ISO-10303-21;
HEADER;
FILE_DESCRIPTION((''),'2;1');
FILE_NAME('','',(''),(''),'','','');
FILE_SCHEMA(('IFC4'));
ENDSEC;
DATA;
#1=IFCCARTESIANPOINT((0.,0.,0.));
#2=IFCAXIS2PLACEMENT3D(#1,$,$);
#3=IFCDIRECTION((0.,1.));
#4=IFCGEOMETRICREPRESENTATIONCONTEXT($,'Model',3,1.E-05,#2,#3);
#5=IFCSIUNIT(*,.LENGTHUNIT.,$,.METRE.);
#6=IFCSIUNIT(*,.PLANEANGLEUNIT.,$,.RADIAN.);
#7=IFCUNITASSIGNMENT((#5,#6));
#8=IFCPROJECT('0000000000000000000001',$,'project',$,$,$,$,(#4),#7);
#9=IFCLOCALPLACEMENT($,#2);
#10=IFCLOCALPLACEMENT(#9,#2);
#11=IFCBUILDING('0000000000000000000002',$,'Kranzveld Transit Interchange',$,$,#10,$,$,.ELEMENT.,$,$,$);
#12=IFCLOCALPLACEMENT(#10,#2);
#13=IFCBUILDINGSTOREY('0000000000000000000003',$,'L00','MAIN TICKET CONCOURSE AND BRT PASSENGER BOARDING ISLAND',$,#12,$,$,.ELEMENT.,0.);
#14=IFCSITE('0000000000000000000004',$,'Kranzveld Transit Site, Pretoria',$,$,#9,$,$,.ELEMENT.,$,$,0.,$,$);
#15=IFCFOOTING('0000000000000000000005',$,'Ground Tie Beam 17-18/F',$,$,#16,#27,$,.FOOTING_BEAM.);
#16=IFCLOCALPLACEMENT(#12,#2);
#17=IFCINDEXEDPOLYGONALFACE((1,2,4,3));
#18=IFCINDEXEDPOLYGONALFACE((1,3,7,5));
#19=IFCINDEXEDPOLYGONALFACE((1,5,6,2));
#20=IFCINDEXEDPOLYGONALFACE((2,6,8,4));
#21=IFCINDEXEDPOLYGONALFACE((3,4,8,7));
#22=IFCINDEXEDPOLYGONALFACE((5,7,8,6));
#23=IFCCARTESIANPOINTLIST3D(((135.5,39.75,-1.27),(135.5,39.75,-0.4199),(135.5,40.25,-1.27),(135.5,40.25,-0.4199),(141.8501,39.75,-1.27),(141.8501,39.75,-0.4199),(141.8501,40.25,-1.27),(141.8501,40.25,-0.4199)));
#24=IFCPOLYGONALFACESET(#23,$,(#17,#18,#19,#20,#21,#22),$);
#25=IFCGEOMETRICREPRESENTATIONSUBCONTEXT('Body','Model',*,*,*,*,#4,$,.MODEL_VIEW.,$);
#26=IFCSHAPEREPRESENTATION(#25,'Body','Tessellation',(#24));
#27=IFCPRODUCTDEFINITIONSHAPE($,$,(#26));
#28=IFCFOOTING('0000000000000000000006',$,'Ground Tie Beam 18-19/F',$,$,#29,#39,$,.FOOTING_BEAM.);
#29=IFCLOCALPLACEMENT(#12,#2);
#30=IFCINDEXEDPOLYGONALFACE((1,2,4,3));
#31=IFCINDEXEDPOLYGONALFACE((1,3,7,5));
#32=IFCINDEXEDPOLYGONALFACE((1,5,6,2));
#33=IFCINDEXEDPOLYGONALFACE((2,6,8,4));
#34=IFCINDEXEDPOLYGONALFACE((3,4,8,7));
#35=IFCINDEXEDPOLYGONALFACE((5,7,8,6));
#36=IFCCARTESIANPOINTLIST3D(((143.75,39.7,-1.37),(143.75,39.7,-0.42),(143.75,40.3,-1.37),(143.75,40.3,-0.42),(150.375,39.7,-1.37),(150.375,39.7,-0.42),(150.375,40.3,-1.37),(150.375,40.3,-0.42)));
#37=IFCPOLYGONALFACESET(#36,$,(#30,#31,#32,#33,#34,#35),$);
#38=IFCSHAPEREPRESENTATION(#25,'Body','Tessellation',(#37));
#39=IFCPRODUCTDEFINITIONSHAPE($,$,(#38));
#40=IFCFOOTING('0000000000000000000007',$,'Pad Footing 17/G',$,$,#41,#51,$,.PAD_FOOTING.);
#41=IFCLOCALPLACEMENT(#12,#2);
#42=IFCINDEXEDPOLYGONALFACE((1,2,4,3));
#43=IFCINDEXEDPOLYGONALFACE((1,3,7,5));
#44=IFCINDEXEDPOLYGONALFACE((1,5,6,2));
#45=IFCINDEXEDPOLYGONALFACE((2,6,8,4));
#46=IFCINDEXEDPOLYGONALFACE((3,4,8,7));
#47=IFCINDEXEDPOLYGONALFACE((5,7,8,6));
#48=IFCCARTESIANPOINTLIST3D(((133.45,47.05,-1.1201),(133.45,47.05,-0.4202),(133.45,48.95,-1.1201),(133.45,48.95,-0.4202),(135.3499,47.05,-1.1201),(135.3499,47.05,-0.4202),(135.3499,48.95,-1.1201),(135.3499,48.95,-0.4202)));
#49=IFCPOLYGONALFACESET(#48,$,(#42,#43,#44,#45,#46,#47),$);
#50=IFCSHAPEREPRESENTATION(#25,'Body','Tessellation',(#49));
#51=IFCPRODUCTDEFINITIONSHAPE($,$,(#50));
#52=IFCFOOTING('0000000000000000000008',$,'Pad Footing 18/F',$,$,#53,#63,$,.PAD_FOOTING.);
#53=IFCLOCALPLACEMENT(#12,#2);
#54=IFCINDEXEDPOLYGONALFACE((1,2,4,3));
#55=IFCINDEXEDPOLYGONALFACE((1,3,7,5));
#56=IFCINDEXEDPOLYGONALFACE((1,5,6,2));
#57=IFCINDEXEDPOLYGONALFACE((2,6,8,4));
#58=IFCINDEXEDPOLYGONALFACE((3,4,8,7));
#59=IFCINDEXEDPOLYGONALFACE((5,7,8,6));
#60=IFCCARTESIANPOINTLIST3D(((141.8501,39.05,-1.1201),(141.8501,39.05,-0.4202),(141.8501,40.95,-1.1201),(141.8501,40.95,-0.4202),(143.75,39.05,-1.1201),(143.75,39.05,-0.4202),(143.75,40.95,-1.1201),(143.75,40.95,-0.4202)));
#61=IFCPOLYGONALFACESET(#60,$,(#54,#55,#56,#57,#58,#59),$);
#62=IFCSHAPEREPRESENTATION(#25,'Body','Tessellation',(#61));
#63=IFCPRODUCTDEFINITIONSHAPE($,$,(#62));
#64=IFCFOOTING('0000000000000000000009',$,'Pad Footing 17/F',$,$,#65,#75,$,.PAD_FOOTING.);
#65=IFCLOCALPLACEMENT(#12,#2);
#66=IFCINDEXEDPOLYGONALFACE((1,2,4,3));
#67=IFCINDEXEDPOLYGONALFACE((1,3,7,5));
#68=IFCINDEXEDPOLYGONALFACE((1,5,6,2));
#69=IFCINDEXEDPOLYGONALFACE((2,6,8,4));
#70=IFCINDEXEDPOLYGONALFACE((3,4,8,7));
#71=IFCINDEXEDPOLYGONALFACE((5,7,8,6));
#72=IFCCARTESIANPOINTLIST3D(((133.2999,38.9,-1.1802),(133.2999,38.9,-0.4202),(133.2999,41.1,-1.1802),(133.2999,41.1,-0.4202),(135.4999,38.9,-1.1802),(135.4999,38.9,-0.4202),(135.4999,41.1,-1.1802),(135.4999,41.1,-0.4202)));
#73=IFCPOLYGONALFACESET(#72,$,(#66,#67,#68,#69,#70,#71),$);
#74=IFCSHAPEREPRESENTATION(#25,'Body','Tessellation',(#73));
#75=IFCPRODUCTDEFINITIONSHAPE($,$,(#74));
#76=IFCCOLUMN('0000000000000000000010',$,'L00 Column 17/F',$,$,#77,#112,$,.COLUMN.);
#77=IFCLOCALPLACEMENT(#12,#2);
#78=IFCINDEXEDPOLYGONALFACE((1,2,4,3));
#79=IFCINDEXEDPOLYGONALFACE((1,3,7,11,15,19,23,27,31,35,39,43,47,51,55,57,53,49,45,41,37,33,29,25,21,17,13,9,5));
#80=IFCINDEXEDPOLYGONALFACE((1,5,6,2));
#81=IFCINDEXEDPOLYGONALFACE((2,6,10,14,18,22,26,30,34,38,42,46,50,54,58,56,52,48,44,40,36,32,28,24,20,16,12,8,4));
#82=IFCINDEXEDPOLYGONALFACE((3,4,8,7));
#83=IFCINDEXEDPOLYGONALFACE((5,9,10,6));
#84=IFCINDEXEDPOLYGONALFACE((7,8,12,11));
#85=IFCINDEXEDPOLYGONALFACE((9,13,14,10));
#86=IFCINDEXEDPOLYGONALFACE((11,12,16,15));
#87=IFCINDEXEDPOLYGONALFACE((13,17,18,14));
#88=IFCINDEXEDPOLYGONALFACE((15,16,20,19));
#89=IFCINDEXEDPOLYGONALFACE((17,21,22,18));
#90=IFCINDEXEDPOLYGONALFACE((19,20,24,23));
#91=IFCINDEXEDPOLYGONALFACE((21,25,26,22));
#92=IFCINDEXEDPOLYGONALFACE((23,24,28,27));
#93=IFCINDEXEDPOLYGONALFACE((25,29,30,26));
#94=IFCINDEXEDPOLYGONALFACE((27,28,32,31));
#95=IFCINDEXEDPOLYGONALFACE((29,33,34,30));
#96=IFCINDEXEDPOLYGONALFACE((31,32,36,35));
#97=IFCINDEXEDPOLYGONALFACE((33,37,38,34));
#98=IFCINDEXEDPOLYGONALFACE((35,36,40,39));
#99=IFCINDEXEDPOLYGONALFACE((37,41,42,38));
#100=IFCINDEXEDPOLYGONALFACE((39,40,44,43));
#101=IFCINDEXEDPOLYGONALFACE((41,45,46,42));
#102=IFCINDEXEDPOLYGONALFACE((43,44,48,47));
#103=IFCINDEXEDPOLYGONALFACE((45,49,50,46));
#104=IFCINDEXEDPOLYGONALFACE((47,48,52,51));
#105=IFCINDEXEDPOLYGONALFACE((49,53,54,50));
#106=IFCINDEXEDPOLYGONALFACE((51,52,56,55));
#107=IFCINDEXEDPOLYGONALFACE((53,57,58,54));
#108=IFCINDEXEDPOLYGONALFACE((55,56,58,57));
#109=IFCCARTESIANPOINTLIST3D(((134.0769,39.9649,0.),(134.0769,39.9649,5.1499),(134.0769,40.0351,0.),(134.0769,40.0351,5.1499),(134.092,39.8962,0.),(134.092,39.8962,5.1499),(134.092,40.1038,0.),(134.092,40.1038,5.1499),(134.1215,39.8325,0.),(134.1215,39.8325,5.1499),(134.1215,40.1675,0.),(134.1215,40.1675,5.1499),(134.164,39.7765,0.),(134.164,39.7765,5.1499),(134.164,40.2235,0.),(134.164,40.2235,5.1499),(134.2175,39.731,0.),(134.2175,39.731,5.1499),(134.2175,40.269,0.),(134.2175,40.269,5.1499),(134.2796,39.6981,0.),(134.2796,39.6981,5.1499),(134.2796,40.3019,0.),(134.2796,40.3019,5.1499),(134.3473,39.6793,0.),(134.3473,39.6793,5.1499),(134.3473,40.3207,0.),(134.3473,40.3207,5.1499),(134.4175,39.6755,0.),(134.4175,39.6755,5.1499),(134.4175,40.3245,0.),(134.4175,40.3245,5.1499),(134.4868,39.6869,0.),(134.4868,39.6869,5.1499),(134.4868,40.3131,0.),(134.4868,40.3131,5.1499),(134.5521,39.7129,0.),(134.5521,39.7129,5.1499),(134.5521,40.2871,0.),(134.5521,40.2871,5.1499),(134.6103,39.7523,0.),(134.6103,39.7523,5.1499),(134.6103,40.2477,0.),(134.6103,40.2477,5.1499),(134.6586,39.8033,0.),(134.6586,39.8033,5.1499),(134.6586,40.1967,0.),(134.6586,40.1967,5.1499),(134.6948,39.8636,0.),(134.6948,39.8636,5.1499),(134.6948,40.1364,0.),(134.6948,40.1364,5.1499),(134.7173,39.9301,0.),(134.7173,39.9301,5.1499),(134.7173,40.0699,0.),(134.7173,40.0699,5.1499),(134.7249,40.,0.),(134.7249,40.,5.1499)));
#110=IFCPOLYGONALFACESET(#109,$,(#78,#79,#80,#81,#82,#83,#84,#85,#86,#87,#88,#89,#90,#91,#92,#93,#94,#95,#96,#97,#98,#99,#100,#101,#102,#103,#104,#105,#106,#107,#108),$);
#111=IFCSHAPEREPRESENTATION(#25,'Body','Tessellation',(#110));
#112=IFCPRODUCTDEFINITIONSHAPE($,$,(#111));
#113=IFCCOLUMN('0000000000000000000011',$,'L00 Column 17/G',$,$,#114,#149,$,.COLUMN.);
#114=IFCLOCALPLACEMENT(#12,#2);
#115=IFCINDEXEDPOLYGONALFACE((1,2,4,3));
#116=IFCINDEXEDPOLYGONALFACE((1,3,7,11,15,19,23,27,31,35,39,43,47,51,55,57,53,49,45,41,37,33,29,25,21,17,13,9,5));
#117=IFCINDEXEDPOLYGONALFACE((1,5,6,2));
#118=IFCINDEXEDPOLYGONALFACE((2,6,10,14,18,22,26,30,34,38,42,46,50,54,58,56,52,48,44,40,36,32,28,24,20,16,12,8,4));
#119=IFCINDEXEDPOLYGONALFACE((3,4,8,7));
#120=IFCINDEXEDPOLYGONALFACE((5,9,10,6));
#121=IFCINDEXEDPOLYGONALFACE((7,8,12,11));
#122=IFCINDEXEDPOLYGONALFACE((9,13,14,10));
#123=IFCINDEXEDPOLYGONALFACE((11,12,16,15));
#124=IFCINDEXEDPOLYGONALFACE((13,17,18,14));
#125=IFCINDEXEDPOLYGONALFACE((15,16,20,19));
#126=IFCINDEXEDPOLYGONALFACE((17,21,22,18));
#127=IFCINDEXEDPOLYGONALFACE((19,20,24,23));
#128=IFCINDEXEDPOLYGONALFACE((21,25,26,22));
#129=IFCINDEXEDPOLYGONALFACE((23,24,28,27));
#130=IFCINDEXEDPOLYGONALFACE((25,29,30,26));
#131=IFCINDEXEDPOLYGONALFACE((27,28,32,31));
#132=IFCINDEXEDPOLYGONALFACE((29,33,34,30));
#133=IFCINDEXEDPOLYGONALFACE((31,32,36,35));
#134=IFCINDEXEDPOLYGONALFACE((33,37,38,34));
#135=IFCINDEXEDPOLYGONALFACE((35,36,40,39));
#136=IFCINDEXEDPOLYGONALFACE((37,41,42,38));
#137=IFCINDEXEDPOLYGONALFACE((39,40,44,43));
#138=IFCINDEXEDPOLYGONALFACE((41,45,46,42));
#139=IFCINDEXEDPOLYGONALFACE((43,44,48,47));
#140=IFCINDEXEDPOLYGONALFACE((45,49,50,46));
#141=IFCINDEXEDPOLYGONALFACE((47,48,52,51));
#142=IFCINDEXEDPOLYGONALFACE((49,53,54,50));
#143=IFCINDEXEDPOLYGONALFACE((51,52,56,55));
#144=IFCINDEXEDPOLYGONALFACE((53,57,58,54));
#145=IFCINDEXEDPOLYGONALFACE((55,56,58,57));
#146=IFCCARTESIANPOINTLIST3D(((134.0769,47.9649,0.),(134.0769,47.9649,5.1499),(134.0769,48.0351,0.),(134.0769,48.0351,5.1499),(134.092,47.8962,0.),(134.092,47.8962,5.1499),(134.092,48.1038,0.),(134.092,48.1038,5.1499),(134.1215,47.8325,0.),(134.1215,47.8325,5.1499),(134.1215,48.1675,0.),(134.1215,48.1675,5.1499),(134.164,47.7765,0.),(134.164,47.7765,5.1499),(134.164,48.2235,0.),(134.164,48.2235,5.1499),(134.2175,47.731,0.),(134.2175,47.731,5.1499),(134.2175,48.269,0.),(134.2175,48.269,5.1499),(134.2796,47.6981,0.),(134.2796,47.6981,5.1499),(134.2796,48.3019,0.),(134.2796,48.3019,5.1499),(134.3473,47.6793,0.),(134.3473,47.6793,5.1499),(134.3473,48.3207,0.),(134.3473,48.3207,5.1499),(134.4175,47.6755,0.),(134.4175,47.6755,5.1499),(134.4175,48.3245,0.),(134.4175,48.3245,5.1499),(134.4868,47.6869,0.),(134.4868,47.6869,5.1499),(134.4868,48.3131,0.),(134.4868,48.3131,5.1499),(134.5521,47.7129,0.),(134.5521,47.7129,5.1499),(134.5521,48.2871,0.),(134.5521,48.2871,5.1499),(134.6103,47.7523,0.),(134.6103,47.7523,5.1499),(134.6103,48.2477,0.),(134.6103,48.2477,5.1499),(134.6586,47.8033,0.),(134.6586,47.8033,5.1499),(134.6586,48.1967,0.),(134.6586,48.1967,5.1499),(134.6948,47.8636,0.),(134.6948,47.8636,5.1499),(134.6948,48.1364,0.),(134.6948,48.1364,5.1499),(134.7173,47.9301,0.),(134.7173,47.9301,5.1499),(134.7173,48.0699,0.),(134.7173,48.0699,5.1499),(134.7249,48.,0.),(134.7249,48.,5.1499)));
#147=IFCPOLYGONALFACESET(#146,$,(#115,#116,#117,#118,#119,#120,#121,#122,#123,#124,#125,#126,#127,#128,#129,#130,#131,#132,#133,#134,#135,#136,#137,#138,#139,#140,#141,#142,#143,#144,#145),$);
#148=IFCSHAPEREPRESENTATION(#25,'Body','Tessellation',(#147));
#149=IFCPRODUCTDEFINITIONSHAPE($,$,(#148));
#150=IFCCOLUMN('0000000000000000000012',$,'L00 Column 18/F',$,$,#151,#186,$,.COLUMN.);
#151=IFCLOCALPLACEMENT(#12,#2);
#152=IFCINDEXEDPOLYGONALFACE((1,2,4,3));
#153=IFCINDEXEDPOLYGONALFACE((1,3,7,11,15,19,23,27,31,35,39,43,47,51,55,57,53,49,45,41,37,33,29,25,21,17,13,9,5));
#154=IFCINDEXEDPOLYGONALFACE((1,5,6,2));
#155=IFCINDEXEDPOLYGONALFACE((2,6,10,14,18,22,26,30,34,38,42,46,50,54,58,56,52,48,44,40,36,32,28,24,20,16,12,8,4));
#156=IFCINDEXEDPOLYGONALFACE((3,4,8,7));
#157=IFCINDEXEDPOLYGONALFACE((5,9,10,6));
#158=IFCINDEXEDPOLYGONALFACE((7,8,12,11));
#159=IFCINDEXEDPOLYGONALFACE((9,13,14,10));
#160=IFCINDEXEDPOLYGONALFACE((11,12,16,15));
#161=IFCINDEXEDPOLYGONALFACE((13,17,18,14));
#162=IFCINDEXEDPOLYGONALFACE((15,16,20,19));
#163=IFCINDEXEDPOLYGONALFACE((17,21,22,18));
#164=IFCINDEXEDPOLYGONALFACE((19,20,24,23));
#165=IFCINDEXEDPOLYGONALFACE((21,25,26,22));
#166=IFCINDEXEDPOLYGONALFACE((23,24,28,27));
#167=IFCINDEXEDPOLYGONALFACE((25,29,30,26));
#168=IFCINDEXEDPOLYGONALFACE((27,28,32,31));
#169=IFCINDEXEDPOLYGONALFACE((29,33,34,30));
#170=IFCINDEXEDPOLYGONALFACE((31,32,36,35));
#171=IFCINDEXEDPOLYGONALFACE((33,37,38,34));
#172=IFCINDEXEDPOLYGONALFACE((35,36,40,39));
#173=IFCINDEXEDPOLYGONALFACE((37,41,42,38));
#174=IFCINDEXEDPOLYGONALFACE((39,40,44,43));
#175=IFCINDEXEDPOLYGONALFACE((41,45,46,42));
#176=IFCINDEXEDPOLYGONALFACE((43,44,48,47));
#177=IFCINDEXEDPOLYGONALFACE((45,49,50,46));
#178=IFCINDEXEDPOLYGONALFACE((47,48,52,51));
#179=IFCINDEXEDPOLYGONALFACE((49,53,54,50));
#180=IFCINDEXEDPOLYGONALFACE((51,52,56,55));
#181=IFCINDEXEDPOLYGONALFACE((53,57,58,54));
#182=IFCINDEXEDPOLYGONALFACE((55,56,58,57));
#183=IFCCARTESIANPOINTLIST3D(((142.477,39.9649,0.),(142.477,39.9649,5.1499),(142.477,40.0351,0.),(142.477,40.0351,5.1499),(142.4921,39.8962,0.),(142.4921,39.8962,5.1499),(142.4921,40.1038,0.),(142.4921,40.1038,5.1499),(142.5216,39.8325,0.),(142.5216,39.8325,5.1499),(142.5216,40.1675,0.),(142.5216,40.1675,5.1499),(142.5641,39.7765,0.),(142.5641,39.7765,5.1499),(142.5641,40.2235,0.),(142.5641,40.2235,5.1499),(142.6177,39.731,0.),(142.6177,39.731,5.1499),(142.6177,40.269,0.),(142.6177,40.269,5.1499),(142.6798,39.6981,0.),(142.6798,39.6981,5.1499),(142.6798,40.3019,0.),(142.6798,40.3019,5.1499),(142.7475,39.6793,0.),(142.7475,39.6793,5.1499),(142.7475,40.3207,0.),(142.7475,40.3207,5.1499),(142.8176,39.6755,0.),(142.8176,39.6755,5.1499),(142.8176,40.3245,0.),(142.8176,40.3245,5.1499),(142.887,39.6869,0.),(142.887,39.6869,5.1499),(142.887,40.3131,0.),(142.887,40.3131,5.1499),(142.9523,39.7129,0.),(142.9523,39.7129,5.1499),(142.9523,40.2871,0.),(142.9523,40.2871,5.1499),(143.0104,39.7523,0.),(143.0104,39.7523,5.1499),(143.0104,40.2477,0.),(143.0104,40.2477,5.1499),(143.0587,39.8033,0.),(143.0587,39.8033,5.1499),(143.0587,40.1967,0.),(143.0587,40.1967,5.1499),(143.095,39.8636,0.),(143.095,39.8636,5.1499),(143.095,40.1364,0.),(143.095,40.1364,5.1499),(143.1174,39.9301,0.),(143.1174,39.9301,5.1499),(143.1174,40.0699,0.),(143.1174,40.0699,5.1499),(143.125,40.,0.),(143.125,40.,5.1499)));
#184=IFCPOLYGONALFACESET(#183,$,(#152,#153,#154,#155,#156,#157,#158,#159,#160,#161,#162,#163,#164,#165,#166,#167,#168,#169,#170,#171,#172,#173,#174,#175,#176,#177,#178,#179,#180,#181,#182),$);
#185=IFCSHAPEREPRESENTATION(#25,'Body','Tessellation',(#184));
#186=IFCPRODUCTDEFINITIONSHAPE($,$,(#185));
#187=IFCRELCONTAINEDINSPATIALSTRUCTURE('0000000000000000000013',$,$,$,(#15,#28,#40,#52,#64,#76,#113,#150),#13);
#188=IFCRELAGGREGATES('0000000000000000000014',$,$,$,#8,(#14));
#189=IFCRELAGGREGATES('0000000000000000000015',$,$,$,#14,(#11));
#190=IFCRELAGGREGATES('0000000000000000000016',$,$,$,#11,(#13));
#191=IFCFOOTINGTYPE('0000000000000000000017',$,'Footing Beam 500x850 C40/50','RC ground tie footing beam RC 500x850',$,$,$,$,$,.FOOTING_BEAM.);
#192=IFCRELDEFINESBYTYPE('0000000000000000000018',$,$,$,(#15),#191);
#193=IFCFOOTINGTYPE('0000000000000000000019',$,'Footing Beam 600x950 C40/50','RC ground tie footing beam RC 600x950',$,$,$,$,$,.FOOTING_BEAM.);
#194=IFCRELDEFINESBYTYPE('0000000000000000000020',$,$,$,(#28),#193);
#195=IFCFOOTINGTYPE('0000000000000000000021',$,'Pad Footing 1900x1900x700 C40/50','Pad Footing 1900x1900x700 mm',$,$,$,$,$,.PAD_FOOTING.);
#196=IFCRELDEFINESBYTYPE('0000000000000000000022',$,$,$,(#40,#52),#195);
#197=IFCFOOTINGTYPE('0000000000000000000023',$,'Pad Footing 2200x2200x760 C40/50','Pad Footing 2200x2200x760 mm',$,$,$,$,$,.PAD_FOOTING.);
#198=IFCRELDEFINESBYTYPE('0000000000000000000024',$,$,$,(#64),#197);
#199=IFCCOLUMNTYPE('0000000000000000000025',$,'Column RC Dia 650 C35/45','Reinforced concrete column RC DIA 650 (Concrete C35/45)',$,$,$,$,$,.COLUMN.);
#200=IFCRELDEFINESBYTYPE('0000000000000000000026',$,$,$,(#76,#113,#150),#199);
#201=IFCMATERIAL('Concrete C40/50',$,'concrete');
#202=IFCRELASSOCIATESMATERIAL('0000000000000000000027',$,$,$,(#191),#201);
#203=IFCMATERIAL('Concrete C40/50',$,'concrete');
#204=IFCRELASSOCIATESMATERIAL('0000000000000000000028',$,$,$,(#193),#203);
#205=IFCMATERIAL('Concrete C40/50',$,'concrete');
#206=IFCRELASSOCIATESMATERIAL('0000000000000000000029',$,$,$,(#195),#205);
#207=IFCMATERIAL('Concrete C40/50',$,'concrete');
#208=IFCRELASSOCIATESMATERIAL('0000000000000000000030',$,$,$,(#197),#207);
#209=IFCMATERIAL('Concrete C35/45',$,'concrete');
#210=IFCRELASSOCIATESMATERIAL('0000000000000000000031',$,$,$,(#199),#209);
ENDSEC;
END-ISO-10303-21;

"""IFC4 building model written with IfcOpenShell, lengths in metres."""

from ifc_helpers import new_model, si_unit, direction, frame, origin, origin_2d, place, context, subcontext, project, spatial, rectangle, circle, extrude, material, material_profile, profile_set, type_object, element, save


model = new_model("IFC4")

# Units and contexts
model_context = context("Model", 3, precision=1e-05, world=origin(), true_north=direction((0.0, 1.0)))
body_context = subcontext(model_context, "Body", "Model", "MODEL_VIEW")
ifc_project = project(units=[si_unit("LENGTHUNIT", "METRE"), si_unit("PLANEANGLEUNIT", "RADIAN")], contexts=[model_context])

# Site, building, storey
site_placement = place(None, origin())
site = spatial("IfcSite", under=ifc_project, at=site_placement, Name="Kranzveld Transit Site, Pretoria", CompositionType="ELEMENT", RefElevation=0.0)
building_placement = place(site_placement, origin())
building = spatial("IfcBuilding", under=site, at=building_placement, Name="Kranzveld Transit Interchange", CompositionType="ELEMENT")
storey_placement = place(building_placement, origin())
storey = spatial("IfcBuildingStorey", under=building, at=storey_placement, Name="L00", Description="MAIN TICKET CONCOURSE AND BRT PASSENGER BOARDING ISLAND", CompositionType="ELEMENT", Elevation=0.0)

# Footings
ifc_material_1 = material(Name="Concrete C40/50", Category="concrete")
ifc_material_profile_1 = material_profile(ifc_material_1, rectangle(XDim=0.5, YDim=0.8501, at=origin_2d()), Name="RC 500x850")
ifc_profile_set_1 = profile_set([ifc_material_profile_1], Name="Concrete C40/50")
footing_type_1 = type_object("IfcFootingType", Name="Footing Beam 500x850 C40/50", Description="RC ground tie footing beam RC 500x850", PredefinedType="FOOTING_BEAM", material=ifc_profile_set_1)
footing_1_placement = place(storey_placement, frame((135.5, 40.0, -0.845), z_axis=(1.0, 0.0, 0.0), x_axis=(0.0, 1.0, 0.0)))
element("IfcFooting", 1, at=footing_1_placement, inside=storey, type_object=footing_type_1, Name="Ground Tie Beam 17-18/F", PredefinedType="FOOTING_BEAM", context=body_context, shape_type="SweptSolid", body=[
    extrude(rectangle(XDim=0.5, YDim=0.8501, at=origin_2d()), origin(), (0.0, 0.0, 1.0), 6.3501),
])
ifc_material_2 = material(Name="Concrete C40/50", Category="concrete")
ifc_material_profile_2 = material_profile(ifc_material_2, rectangle(XDim=0.6001, YDim=0.95, at=origin_2d()), Name="RC 600x950")
ifc_profile_set_2 = profile_set([ifc_material_profile_2], Name="Concrete C40/50")
footing_type_2 = type_object("IfcFootingType", Name="Footing Beam 600x950 C40/50", Description="RC ground tie footing beam RC 600x950", PredefinedType="FOOTING_BEAM", material=ifc_profile_set_2)
footing_2_placement = place(storey_placement, frame((143.75, 40.0, -0.895), z_axis=(1.0, 0.0, 0.0), x_axis=(0.0, 1.0, 0.0)))
element("IfcFooting", 2, at=footing_2_placement, inside=storey, type_object=footing_type_2, Name="Ground Tie Beam 18-19/F", PredefinedType="FOOTING_BEAM", context=body_context, shape_type="SweptSolid", body=[
    extrude(rectangle(XDim=0.6001, YDim=0.95, at=origin_2d()), origin(), (0.0, 0.0, 1.0), 6.625),
])
ifc_material_3 = material(Name="Concrete C40/50", Category="concrete")
footing_type_3 = type_object("IfcFootingType", Name="Pad Footing 1900x1900x700 C40/50", Description="Pad Footing 1900x1900x700 mm", PredefinedType="PAD_FOOTING", material=ifc_material_3)
for number, where, z_axis, x_axis, name in (
    (3, (134.3999, 48.0, -1.1201), (0.0, 0.0, 1.0), (1.0, 0.0, 0.0), "Pad Footing 17/G"),
    (4, (142.8, 40.0, -1.1201), (0.0, 0.0, 1.0), (1.0, 0.0, 0.0), "Pad Footing 18/F"),
):
    element("IfcFooting", number, at=place(storey_placement, frame(where, z_axis=z_axis, x_axis=x_axis)), inside=storey, type_object=footing_type_3, Name=name, PredefinedType="PAD_FOOTING", context=body_context, shape_type="SweptSolid", body=[
        extrude(rectangle(XDim=1.8999, YDim=1.8999, at=origin_2d()), origin(), (0.0, 0.0, 1.0), 0.7),
    ])
ifc_material_4 = material(Name="Concrete C40/50", Category="concrete")
footing_type_4 = type_object("IfcFootingType", Name="Pad Footing 2200x2200x760 C40/50", Description="Pad Footing 2200x2200x760 mm", PredefinedType="PAD_FOOTING", material=ifc_material_4)
footing_3_placement = place(storey_placement, frame((134.3999, 40.0, -1.1802), z_axis=(0.0, 0.0, 1.0), x_axis=(1.0, 0.0, 0.0)))
element("IfcFooting", 5, at=footing_3_placement, inside=storey, type_object=footing_type_4, Name="Pad Footing 17/F", PredefinedType="PAD_FOOTING", context=body_context, shape_type="SweptSolid", body=[
    extrude(rectangle(XDim=2.2, YDim=2.2, at=origin_2d()), origin(), (0.0, 0.0, 1.0), 0.76),
])

# Columns
ifc_material_5 = material(Name="Concrete C35/45", Category="concrete")
ifc_material_profile_3 = material_profile(ifc_material_5, circle(Radius=0.325, at=origin_2d()), Name="RC DIA 650")
ifc_profile_set_3 = profile_set([ifc_material_profile_3], Name="Concrete C35/45")
column_type = type_object("IfcColumnType", Name="Column RC Dia 650 C35/45", Description="Reinforced concrete column RC DIA 650 (Concrete C35/45)", PredefinedType="COLUMN", material=ifc_profile_set_3)
for number, where, z_axis, x_axis, name in (
    (6, (134.3999, 40.0, 0.0), (0.0, 0.0, 1.0), (1.0, 0.0, 0.0), "L00 Column 17/F"),
    (7, (134.3999, 48.0, 0.0), (0.0, 0.0, 1.0), (1.0, 0.0, 0.0), "L00 Column 17/G"),
    (8, (142.8, 40.0, 0.0), (0.0, 0.0, 1.0), (1.0, 0.0, 0.0), "L00 Column 18/F"),
):
    element("IfcColumn", number, at=place(storey_placement, frame(where, z_axis=z_axis, x_axis=x_axis)), inside=storey, type_object=column_type, Name=name, PredefinedType="COLUMN", context=body_context, shape_type="SweptSolid", body=[
        extrude(circle(Radius=0.325, at=origin_2d()), origin(), (0.0, 0.0, 1.0), 5.1499),
    ])

save(model, "model.ifc")
